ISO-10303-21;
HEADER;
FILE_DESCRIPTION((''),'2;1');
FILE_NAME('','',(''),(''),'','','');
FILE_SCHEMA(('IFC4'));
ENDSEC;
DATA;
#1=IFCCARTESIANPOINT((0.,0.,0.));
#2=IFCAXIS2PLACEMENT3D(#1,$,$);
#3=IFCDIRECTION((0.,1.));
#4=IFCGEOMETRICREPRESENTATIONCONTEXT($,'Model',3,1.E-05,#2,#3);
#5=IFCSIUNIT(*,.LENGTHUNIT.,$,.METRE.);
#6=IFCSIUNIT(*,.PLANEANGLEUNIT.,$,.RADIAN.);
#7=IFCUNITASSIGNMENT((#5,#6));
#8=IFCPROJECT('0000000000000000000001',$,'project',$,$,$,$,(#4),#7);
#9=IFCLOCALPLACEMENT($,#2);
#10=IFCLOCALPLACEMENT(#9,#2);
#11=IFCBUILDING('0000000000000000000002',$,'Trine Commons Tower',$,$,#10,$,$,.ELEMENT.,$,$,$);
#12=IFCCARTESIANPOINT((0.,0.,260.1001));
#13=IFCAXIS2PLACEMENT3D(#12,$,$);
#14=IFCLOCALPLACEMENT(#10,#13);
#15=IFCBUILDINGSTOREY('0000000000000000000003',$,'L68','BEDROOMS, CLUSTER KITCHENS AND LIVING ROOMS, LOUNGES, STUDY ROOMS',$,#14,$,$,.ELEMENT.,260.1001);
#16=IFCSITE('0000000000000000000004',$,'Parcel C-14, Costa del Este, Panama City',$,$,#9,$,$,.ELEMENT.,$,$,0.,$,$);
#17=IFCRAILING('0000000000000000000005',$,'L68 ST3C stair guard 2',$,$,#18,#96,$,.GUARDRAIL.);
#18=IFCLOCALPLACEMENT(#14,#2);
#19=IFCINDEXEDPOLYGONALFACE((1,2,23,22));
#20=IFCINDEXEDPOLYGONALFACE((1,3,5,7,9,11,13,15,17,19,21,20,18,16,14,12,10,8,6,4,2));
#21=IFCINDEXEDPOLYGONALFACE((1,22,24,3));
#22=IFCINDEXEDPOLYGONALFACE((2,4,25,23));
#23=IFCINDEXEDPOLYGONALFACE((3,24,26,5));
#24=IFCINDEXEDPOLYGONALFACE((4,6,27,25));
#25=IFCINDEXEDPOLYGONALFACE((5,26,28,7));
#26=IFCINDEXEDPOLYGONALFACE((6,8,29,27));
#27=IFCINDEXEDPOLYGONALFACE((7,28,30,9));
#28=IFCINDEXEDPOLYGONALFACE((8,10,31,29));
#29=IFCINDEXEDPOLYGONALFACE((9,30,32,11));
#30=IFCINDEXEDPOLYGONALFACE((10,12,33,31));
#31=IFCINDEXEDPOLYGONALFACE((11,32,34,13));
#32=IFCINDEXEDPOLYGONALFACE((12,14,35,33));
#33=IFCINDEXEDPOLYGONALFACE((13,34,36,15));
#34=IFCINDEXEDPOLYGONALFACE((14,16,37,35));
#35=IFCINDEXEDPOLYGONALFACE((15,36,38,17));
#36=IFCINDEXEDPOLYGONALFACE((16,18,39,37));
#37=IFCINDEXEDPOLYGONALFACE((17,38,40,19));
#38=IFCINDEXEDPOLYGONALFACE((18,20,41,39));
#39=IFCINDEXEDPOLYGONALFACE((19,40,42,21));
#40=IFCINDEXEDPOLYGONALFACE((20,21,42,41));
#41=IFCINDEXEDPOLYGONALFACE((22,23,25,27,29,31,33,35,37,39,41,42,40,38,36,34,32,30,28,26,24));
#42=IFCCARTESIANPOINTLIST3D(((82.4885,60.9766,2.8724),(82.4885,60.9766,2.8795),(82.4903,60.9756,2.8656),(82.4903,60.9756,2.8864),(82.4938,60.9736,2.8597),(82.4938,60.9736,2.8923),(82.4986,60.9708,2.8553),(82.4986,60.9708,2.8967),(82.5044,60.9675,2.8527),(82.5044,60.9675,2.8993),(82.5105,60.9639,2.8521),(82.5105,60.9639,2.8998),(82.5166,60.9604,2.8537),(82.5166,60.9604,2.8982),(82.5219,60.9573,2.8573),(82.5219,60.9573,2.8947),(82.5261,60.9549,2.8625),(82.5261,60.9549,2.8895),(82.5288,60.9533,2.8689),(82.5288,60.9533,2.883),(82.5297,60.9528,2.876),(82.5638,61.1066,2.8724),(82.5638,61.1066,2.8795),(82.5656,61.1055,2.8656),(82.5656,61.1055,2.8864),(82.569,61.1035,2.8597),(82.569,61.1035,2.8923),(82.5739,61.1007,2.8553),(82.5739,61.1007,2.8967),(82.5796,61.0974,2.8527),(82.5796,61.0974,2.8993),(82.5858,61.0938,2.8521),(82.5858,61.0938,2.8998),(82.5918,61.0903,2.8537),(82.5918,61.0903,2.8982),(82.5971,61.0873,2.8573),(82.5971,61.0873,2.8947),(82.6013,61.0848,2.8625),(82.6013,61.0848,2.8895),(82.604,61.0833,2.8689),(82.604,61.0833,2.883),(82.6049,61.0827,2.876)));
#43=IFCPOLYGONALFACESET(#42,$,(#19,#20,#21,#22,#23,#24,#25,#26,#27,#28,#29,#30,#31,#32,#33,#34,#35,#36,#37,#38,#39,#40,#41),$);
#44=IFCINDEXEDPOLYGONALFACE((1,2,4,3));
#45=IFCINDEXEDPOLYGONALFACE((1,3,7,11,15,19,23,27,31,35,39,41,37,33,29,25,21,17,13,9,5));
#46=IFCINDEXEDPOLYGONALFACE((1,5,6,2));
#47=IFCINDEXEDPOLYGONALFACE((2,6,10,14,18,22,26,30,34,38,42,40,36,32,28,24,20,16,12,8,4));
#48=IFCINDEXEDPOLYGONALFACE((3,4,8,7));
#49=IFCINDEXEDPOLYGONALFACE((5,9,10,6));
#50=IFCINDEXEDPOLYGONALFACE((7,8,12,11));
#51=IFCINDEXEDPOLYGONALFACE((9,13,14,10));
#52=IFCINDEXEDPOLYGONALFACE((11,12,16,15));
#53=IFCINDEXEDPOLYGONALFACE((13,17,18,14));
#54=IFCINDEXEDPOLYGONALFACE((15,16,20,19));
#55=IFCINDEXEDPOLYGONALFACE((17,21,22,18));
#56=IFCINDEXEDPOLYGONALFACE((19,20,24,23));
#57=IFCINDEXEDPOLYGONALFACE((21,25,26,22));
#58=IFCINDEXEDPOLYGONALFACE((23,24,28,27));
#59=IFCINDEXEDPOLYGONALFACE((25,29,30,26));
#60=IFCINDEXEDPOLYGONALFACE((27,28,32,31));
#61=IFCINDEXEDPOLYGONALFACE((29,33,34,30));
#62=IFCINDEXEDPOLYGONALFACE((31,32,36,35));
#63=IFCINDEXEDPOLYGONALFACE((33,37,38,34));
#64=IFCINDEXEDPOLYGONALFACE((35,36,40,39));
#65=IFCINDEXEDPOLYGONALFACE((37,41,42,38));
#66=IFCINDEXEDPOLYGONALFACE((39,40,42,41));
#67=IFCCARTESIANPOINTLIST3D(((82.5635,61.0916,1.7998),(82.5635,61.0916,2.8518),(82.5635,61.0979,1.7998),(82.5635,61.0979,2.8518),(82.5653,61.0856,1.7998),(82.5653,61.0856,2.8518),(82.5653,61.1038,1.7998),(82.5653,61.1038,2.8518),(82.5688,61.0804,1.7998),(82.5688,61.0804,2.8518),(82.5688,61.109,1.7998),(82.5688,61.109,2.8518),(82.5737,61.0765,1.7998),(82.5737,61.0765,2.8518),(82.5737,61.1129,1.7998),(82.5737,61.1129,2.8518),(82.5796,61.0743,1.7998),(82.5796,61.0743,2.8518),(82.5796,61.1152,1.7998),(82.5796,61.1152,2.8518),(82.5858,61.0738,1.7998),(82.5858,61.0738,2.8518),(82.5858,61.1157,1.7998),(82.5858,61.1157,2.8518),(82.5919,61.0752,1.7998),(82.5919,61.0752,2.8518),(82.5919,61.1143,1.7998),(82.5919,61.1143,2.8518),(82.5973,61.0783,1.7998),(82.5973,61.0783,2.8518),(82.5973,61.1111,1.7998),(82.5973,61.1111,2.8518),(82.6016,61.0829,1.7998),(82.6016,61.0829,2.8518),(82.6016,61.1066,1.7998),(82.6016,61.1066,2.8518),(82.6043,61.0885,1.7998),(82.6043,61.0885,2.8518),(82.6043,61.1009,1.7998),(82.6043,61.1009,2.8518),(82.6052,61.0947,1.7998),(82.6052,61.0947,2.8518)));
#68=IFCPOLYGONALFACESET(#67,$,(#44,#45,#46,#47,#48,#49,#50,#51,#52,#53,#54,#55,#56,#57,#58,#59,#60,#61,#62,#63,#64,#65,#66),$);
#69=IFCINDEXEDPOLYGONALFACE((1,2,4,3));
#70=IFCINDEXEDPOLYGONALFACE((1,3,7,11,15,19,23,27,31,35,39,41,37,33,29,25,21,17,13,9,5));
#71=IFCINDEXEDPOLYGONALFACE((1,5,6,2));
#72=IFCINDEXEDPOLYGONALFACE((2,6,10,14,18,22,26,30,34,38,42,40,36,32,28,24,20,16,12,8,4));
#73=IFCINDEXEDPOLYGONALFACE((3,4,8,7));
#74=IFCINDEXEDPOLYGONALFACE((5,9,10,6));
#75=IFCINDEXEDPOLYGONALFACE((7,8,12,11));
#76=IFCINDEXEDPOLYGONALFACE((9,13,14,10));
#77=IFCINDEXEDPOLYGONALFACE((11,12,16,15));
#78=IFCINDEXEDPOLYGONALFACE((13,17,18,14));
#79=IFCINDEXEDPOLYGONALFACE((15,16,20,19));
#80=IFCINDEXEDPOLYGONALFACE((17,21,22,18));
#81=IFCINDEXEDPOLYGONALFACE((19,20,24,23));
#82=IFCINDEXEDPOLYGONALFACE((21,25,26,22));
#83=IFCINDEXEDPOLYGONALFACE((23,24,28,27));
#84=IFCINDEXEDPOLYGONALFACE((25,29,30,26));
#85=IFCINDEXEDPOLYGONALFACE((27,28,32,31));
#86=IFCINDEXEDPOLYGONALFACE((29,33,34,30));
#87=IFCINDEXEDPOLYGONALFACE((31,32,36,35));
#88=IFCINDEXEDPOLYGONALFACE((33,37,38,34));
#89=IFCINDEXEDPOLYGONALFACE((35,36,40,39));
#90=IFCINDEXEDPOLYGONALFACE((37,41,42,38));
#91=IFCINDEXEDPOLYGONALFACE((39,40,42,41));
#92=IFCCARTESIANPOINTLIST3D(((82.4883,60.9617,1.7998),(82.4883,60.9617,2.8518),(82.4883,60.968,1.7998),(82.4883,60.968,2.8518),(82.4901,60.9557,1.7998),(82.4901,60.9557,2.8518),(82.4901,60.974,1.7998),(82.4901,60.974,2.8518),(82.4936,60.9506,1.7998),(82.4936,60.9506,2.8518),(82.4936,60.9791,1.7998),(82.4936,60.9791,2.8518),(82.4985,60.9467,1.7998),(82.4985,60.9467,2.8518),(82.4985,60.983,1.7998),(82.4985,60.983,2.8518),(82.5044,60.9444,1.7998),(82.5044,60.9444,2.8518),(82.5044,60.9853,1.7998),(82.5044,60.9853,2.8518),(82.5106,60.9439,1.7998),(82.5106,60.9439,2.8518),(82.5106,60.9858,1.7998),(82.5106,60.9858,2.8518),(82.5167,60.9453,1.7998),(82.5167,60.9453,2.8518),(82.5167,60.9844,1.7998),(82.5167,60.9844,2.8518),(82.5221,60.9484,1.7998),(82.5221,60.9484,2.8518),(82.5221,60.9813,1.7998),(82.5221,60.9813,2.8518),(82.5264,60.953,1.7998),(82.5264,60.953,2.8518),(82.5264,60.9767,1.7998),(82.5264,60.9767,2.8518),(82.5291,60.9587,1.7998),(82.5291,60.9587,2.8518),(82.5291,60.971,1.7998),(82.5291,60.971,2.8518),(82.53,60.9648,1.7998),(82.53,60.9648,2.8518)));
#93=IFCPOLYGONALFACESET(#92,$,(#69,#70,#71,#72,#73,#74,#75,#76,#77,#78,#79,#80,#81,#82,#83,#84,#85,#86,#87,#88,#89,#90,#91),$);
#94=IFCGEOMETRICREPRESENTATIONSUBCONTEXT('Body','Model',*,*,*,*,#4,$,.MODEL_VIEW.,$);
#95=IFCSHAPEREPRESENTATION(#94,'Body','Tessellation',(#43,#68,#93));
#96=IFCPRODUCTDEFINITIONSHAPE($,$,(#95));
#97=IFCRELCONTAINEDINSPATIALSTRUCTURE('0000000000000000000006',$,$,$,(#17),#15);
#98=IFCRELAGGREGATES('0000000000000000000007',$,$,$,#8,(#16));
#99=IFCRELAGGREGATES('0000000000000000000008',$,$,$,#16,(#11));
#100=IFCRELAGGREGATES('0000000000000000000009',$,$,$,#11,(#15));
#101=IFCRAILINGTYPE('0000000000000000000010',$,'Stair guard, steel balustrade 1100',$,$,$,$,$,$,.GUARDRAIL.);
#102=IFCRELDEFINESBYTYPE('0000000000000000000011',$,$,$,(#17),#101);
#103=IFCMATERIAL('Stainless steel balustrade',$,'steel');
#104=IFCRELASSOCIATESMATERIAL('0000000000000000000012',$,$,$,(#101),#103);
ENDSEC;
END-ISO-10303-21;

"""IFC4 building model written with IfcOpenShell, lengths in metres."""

from ifc_helpers import new_model, si_unit, direction, frame, origin, origin_2d, place, context, subcontext, project, spatial, circle, extrude, material, type_object, element, save


model = new_model("IFC4")

# Units and contexts
model_context = context("Model", 3, precision=1e-05, world=origin(), true_north=direction((0.0, 1.0)))
body_context = subcontext(model_context, "Body", "Model", "MODEL_VIEW")
ifc_project = project(units=[si_unit("LENGTHUNIT", "METRE"), si_unit("PLANEANGLEUNIT", "RADIAN")], contexts=[model_context])

# Site, building, storey
site_placement = place(None, origin())
site = spatial("IfcSite", under=ifc_project, at=site_placement, Name="Parcel C-14, Costa del Este, Panama City", CompositionType="ELEMENT", RefElevation=0.0)
building_placement = place(site_placement, origin())
building = spatial("IfcBuilding", under=site, at=building_placement, Name="Trine Commons Tower", CompositionType="ELEMENT")
storey_placement = place(building_placement, frame((0.0, 0.0, 260.1001)))
storey = spatial("IfcBuildingStorey", under=building, at=storey_placement, Name="L68", Description="BEDROOMS, CLUSTER KITCHENS AND LIVING ROOMS, LOUNGES, STUDY ROOMS", CompositionType="ELEMENT", Elevation=260.1001)

# Railing
ifc_material_1 = material(Name="Stainless steel balustrade", Category="steel")
railing_type_1 = type_object("IfcRailingType", Name="Stair guard, steel balustrade 1100", PredefinedType="GUARDRAIL", material=ifc_material_1)
railing_1_placement = place(storey_placement, frame((82.5842, 61.0947, 1.7998)))
element("IfcRailing", 1, at=railing_1_placement, inside=storey, type_object=railing_type_1, Name="L68 ST3C stair guard 2", PredefinedType="GUARDRAIL", context=body_context, shape_type="SweptSolid", body=[
    extrude(circle(Radius=0.0239, at=origin_2d()), frame((0.0, 0.0, 1.0762), z_axis=(-0.501036, -0.865426, 0.0), x_axis=(0.865426, -0.501036, 0.0)), (0.0, 0.0, 1.0), 0.1501),
    extrude(circle(Radius=0.021, at=origin_2d()), origin(), (0.0, 0.0, 1.0), 1.052),
    extrude(circle(Radius=0.021, at=origin_2d()), frame((-0.0752, -0.1299, 0.0)), (0.0, 0.0, 1.0), 1.052),
])

save(model, "model.ifc")
